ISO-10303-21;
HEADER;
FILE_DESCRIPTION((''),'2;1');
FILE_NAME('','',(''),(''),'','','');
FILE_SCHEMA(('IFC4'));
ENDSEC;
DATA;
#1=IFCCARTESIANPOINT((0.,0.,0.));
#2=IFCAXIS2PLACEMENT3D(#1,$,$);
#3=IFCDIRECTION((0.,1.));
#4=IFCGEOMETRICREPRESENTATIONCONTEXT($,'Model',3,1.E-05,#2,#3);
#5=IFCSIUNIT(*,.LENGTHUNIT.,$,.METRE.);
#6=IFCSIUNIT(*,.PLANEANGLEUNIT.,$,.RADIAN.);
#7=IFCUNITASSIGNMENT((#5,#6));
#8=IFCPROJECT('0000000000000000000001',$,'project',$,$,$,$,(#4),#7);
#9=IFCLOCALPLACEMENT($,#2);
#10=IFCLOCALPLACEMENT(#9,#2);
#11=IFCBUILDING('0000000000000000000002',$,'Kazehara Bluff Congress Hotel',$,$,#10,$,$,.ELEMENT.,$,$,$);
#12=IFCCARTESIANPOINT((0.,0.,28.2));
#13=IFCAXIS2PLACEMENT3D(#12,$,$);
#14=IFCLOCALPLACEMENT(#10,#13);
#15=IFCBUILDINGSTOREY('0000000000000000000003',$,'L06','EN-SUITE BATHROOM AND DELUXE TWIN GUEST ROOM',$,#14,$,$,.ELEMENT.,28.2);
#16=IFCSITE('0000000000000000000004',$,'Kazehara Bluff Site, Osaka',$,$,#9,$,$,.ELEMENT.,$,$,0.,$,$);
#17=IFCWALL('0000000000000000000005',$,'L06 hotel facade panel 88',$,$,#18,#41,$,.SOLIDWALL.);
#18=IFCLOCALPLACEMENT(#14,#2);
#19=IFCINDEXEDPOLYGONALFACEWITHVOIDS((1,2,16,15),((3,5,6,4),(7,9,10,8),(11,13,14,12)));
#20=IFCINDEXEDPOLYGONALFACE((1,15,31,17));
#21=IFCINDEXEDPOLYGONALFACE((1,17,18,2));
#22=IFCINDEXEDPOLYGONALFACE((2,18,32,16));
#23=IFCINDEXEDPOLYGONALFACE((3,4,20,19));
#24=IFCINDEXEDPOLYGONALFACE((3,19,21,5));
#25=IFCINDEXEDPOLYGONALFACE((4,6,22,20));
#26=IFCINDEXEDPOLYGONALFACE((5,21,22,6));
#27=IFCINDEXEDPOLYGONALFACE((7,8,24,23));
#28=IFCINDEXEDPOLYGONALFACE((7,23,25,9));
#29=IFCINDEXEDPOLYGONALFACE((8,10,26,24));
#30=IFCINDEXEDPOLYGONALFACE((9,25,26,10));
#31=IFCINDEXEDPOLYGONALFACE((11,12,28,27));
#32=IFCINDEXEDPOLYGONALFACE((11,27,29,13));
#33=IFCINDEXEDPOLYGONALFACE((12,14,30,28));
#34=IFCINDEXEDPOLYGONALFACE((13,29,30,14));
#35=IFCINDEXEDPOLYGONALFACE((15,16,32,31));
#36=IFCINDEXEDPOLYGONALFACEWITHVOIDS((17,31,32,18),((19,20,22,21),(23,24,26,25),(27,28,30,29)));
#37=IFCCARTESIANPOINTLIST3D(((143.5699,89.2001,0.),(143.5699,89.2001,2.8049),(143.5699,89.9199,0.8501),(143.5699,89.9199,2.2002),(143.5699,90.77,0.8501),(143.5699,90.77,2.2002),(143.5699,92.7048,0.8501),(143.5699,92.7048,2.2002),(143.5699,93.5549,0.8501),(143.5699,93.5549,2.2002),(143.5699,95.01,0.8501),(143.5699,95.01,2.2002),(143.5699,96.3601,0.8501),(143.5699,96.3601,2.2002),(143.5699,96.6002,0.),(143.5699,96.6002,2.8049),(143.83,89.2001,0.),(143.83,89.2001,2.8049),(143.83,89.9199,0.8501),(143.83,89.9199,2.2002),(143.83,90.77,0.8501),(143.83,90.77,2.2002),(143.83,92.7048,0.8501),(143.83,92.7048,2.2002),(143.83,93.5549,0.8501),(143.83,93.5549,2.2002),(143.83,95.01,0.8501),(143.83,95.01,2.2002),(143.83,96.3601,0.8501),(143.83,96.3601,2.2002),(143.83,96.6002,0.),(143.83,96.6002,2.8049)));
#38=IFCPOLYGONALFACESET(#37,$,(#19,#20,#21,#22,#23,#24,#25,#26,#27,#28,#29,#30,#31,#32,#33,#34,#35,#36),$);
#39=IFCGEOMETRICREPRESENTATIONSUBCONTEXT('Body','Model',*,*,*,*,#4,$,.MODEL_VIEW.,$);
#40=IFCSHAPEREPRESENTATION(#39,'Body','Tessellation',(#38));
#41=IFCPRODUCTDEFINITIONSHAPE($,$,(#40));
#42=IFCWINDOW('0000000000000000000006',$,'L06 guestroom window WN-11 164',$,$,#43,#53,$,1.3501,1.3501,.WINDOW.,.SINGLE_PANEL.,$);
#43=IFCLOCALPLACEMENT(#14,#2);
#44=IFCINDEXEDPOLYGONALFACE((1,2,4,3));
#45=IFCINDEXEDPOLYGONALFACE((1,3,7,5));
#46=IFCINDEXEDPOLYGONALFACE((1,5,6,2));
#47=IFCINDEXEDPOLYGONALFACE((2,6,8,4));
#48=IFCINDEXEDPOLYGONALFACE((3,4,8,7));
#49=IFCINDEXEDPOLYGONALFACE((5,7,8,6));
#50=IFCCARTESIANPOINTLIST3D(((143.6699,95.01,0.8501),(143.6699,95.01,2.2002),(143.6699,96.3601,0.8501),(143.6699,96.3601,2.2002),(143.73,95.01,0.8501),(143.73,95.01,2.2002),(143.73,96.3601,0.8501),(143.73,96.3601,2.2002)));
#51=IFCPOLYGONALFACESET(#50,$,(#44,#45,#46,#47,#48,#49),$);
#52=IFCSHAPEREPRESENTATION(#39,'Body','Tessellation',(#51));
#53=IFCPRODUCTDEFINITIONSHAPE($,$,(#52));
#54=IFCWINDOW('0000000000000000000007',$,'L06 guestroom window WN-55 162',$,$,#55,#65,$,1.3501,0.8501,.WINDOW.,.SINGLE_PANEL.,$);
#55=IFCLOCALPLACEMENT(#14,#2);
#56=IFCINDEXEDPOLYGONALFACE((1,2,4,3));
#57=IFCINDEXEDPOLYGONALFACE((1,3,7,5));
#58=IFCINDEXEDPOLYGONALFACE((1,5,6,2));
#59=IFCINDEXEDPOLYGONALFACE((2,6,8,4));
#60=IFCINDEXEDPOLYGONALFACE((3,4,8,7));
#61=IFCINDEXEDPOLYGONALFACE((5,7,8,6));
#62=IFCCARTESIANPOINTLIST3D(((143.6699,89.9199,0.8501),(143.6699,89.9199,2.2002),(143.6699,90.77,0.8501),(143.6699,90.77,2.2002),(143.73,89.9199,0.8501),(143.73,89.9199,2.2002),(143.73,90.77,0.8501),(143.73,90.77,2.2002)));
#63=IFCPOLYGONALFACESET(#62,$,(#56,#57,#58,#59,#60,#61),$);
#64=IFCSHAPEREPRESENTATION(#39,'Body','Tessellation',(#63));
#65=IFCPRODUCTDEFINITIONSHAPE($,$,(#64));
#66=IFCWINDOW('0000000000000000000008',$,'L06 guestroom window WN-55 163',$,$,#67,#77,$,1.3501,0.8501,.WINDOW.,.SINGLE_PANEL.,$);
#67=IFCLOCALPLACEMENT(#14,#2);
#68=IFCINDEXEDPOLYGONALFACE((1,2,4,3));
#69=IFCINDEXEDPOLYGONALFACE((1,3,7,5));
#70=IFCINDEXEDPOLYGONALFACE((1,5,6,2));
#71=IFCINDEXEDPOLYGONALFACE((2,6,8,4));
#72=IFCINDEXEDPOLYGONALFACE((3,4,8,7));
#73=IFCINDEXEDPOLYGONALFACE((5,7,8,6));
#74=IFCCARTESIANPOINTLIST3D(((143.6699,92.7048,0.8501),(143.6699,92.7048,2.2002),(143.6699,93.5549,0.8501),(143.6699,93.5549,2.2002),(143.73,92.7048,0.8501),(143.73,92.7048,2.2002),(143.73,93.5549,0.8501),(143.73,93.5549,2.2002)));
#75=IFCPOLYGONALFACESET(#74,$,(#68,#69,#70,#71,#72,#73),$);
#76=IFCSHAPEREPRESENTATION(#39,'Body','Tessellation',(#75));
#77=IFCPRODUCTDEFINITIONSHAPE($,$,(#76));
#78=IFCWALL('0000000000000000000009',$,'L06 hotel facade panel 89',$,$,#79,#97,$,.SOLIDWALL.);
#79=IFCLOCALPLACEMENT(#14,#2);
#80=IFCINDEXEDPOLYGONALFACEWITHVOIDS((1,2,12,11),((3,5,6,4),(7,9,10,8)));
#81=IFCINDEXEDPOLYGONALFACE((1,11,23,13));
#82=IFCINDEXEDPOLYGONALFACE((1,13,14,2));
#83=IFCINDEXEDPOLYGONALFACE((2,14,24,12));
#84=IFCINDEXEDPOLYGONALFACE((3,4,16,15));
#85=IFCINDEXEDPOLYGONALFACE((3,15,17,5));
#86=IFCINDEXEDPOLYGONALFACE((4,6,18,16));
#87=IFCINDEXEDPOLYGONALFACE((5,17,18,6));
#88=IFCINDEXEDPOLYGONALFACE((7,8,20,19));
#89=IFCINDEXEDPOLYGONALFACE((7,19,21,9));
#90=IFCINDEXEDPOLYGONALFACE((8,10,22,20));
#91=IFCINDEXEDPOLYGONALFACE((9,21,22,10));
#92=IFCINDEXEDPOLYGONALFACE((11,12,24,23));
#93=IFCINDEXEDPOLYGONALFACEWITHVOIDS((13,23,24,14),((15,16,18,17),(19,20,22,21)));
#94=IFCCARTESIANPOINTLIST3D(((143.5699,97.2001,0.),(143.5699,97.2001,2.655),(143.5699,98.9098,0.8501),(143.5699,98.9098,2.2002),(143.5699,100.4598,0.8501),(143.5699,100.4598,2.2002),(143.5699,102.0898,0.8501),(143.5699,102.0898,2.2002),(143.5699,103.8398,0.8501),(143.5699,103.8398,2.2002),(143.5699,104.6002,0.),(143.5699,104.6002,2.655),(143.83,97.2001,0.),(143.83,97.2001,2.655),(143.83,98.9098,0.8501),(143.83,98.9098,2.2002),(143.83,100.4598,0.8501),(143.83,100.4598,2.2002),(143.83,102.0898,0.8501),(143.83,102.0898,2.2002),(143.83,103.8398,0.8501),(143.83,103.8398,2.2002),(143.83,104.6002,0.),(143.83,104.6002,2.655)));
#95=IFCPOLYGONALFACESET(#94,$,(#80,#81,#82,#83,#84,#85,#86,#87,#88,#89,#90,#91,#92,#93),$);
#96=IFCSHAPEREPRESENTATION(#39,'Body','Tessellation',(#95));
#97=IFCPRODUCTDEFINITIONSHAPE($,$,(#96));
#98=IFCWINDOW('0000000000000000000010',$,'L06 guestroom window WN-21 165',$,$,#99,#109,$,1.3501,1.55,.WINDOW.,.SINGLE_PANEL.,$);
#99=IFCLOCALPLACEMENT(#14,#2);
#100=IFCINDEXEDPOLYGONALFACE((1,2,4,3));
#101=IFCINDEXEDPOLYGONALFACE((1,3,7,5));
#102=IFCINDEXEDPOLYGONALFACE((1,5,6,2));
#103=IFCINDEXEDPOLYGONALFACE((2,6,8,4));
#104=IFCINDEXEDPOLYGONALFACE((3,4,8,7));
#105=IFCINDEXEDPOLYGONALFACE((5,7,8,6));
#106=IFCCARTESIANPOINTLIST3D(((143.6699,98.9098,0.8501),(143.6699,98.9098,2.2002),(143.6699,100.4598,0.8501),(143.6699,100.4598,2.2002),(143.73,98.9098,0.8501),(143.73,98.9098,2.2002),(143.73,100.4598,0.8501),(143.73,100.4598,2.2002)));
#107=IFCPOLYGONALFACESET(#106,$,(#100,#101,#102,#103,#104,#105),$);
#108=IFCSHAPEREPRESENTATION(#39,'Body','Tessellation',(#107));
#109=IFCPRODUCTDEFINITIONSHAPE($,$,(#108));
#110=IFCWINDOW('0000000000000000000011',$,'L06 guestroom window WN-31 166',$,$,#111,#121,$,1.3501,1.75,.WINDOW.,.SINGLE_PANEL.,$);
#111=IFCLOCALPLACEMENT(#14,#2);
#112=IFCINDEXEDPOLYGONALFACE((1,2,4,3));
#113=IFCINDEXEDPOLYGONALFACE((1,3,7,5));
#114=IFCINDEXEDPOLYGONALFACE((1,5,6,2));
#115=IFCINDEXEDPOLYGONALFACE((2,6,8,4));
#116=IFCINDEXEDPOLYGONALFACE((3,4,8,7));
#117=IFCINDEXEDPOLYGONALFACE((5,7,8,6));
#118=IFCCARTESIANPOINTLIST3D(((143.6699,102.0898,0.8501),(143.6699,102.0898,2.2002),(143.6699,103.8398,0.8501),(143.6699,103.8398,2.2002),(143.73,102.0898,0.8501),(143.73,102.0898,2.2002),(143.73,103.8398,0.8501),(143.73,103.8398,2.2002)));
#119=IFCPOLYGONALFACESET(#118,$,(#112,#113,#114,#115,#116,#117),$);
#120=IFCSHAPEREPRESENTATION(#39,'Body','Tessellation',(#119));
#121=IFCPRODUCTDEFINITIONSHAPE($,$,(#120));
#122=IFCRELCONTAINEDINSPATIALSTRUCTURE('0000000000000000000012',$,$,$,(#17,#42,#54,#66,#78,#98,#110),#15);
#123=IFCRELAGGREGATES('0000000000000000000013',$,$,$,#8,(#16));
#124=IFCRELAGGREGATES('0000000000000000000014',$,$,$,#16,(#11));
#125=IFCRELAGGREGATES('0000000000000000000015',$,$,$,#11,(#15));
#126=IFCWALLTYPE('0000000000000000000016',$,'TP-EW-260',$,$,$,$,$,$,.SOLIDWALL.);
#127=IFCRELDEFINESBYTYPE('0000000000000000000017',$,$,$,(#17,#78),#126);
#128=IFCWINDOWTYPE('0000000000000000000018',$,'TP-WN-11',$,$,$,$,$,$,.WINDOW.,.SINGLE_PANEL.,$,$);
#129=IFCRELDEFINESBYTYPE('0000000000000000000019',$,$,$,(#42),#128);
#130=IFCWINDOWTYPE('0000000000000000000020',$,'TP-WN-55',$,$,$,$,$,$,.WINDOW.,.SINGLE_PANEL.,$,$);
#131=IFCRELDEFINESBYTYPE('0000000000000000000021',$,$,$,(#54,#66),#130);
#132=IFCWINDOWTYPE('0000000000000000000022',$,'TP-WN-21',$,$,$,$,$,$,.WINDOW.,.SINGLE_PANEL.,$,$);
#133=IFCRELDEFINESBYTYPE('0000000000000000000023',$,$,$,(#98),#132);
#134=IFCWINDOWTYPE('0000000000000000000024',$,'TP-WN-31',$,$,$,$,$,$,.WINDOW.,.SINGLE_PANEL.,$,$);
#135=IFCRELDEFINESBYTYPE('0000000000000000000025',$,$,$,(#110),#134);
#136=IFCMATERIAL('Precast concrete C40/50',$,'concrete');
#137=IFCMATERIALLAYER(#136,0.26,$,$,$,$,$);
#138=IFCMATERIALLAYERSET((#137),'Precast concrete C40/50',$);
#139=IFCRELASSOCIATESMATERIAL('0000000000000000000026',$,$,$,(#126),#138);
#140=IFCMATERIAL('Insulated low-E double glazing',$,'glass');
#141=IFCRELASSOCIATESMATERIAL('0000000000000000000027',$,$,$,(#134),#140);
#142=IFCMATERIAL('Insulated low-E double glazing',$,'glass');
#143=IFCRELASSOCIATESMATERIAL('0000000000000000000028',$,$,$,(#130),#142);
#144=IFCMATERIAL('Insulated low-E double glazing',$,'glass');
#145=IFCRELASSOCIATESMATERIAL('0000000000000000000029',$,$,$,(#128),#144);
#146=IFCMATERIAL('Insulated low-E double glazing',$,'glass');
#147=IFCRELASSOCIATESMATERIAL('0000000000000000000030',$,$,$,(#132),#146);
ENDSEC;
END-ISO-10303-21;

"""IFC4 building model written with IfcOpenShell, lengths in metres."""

from ifc_helpers import new_model, si_unit, direction, frame, frame_2d, origin, place, context, subcontext, project, spatial, rectangle, extrude, material, layer, layer_set, type_object, element, fill, save


model = new_model("IFC4")

# Units and contexts
model_context = context("Model", 3, precision=1e-05, world=origin(), true_north=direction((0.0, 1.0)))
body_context = subcontext(model_context, "Body", "Model", "MODEL_VIEW")
ifc_project = project(units=[si_unit("LENGTHUNIT", "METRE"), si_unit("PLANEANGLEUNIT", "RADIAN")], contexts=[model_context])

# Site, building, storey
site_placement = place(None, origin())
site = spatial("IfcSite", under=ifc_project, at=site_placement, Name="Kazehara Bluff Site, Osaka", CompositionType="ELEMENT", RefElevation=0.0)
building_placement = place(site_placement, origin())
building = spatial("IfcBuilding", under=site, at=building_placement, Name="Kazehara Bluff Congress Hotel", CompositionType="ELEMENT")
storey_placement = place(building_placement, frame((0.0, 0.0, 28.2)))
storey = spatial("IfcBuildingStorey", under=building, at=storey_placement, Name="L06", Description="EN-SUITE BATHROOM AND DELUXE TWIN GUEST ROOM", CompositionType="ELEMENT", Elevation=28.2)

# Shared definitions
ifc_material_1 = material(Name="Precast concrete C40/50", Category="concrete")
ifc_layer = layer(ifc_material_1, 0.26)
ifc_layer_set = layer_set([ifc_layer], Name="Precast concrete C40/50")
wall_type = type_object("IfcWallType", Name="TP-EW-260", PredefinedType="SOLIDWALL", material=ifc_layer_set)

# Walls, openings, windows
ifc_material_2 = material(Name="Insulated low-E double glazing", Category="glass")
window_type_1 = type_object("IfcWindowType", Name="TP-WN-31", PartitioningType="SINGLE_PANEL", PredefinedType="WINDOW", material=ifc_material_2)
ifc_material_3 = material(Name="Insulated low-E double glazing", Category="glass")
window_type_2 = type_object("IfcWindowType", Name="TP-WN-55", PartitioningType="SINGLE_PANEL", PredefinedType="WINDOW", material=ifc_material_3)
wall_1_placement = place(storey_placement, frame((143.7, 89.2, 0.0), z_axis=(0.0, 0.0, 1.0), x_axis=(0.0, 1.0, 0.0)))
wall_1 = element("IfcWall", 1, at=wall_1_placement, inside=storey, type_object=wall_type, Name="L06 hotel facade panel 88", PredefinedType="SOLIDWALL", context=body_context, shape_type="SweptSolid", body=[
    extrude(rectangle(XDim=7.4001, YDim=0.26, at=frame_2d((3.7002, 0.0))), origin(), (0.0, 0.0, 1.0), 2.8049),
])
opening_1_placement = place(wall_1_placement, frame((0.72, 0.0, 0.8501)))
opening_1 = element("IfcOpeningElement", 2, at=opening_1_placement, cuts=wall_1, PredefinedType="OPENING", context=body_context, shape_type="SweptSolid", body=[
    extrude(rectangle(XDim=0.8501, YDim=1.3501, at=frame_2d((0.425, 0.675))), frame((0.0, 0.1399, 0.0), z_axis=(0.0, -1.0, 0.0), x_axis=(1.0, 0.0, 0.0)), (0.0, 0.0, 1.0), 0.28),
])
opening_2_placement = place(wall_1_placement, frame((3.5049, 0.0, 0.8501)))
opening_2 = element("IfcOpeningElement", 3, at=opening_2_placement, cuts=wall_1, PredefinedType="OPENING", context=body_context, shape_type="SweptSolid", body=[
    extrude(rectangle(XDim=0.8501, YDim=1.3501, at=frame_2d((0.425, 0.675))), frame((0.0, 0.1399, 0.0), z_axis=(0.0, -1.0, 0.0), x_axis=(1.0, 0.0, 0.0)), (0.0, 0.0, 1.0), 0.28),
])
opening_3_placement = place(wall_1_placement, frame((5.8101, 0.0, 0.8501)))
opening_3 = element("IfcOpeningElement", 4, at=opening_3_placement, cuts=wall_1, PredefinedType="OPENING", context=body_context, shape_type="SweptSolid", body=[
    extrude(rectangle(XDim=1.3501, YDim=1.3501, at=frame_2d((0.675, 0.675))), frame((0.0, 0.1399, 0.0), z_axis=(0.0, -1.0, 0.0), x_axis=(1.0, 0.0, 0.0)), (0.0, 0.0, 1.0), 0.28),
])
ifc_material_4 = material(Name="Insulated low-E double glazing", Category="glass")
window_type_3 = type_object("IfcWindowType", Name="TP-WN-11", PartitioningType="SINGLE_PANEL", PredefinedType="WINDOW", material=ifc_material_4)
window_1_placement = place(opening_3_placement, origin())
window_1 = element("IfcWindow", 5, at=window_1_placement, inside=storey, type_object=window_type_3, Name="L06 guestroom window WN-11 164", OverallHeight=1.3501, OverallWidth=1.3501, PartitioningType="SINGLE_PANEL", PredefinedType="WINDOW", context=body_context, shape_type="SweptSolid", body=[
    extrude(rectangle(XDim=1.3501, YDim=1.3501, at=frame_2d((0.675, 0.675))), frame((0.0, 0.03, 0.0), z_axis=(0.0, -1.0, 0.0), x_axis=(1.0, 0.0, 0.0)), (0.0, 0.0, 1.0), 0.0601),
])
fill(opening_3, window_1)
window_2_placement = place(opening_1_placement, origin())
window_2 = element("IfcWindow", 6, at=window_2_placement, inside=storey, type_object=window_type_2, Name="L06 guestroom window WN-55 162", OverallHeight=1.3501, OverallWidth=0.8501, PartitioningType="SINGLE_PANEL", PredefinedType="WINDOW", context=body_context, shape_type="SweptSolid", body=[
    extrude(rectangle(XDim=0.8501, YDim=1.3501, at=frame_2d((0.425, 0.675))), frame((0.0, 0.03, 0.0), z_axis=(0.0, -1.0, 0.0), x_axis=(1.0, 0.0, 0.0)), (0.0, 0.0, 1.0), 0.0601),
])
fill(opening_1, window_2)
window_3_placement = place(opening_2_placement, origin())
window_3 = element("IfcWindow", 7, at=window_3_placement, inside=storey, type_object=window_type_2, Name="L06 guestroom window WN-55 163", OverallHeight=1.3501, OverallWidth=0.8501, PartitioningType="SINGLE_PANEL", PredefinedType="WINDOW", context=body_context, shape_type="SweptSolid", body=[
    extrude(rectangle(XDim=0.8501, YDim=1.3501, at=frame_2d((0.425, 0.675))), frame((0.0, 0.03, 0.0), z_axis=(0.0, -1.0, 0.0), x_axis=(1.0, 0.0, 0.0)), (0.0, 0.0, 1.0), 0.0601),
])
fill(opening_2, window_3)
wall_2_placement = place(storey_placement, frame((143.7, 97.2, 0.0), z_axis=(0.0, 0.0, 1.0), x_axis=(0.0, 1.0, 0.0)))
wall_2 = element("IfcWall", 8, at=wall_2_placement, inside=storey, type_object=wall_type, Name="L06 hotel facade panel 89", PredefinedType="SOLIDWALL", context=body_context, shape_type="SweptSolid", body=[
    extrude(rectangle(XDim=7.4001, YDim=0.26, at=frame_2d((3.7002, 0.0))), origin(), (0.0, 0.0, 1.0), 2.655),
])
opening_4_placement = place(wall_2_placement, frame((1.71, 0.0, 0.8501)))
opening_4 = element("IfcOpeningElement", 9, at=opening_4_placement, cuts=wall_2, PredefinedType="OPENING", context=body_context, shape_type="SweptSolid", body=[
    extrude(rectangle(XDim=1.55, YDim=1.3501, at=frame_2d((0.7749, 0.675))), frame((0.0, 0.1399, 0.0), z_axis=(0.0, -1.0, 0.0), x_axis=(1.0, 0.0, 0.0)), (0.0, 0.0, 1.0), 0.28),
])
opening_5_placement = place(wall_2_placement, frame((4.8899, 0.0, 0.8501)))
opening_5 = element("IfcOpeningElement", 10, at=opening_5_placement, cuts=wall_2, PredefinedType="OPENING", context=body_context, shape_type="SweptSolid", body=[
    extrude(rectangle(XDim=1.75, YDim=1.3501, at=frame_2d((0.875, 0.675))), frame((0.0, 0.1399, 0.0), z_axis=(0.0, -1.0, 0.0), x_axis=(1.0, 0.0, 0.0)), (0.0, 0.0, 1.0), 0.28),
])
ifc_material_5 = material(Name="Insulated low-E double glazing", Category="glass")
window_type_4 = type_object("IfcWindowType", Name="TP-WN-21", PartitioningType="SINGLE_PANEL", PredefinedType="WINDOW", material=ifc_material_5)
window_4_placement = place(opening_4_placement, origin())
window_4 = element("IfcWindow", 11, at=window_4_placement, inside=storey, type_object=window_type_4, Name="L06 guestroom window WN-21 165", OverallHeight=1.3501, OverallWidth=1.55, PartitioningType="SINGLE_PANEL", PredefinedType="WINDOW", context=body_context, shape_type="SweptSolid", body=[
    extrude(rectangle(XDim=1.55, YDim=1.3501, at=frame_2d((0.7749, 0.675))), frame((0.0, 0.03, 0.0), z_axis=(0.0, -1.0, 0.0), x_axis=(1.0, 0.0, 0.0)), (0.0, 0.0, 1.0), 0.0601),
])
fill(opening_4, window_4)
window_5_placement = place(opening_5_placement, origin())
window_5 = element("IfcWindow", 12, at=window_5_placement, inside=storey, type_object=window_type_1, Name="L06 guestroom window WN-31 166", OverallHeight=1.3501, OverallWidth=1.75, PartitioningType="SINGLE_PANEL", PredefinedType="WINDOW", context=body_context, shape_type="SweptSolid", body=[
    extrude(rectangle(XDim=1.75, YDim=1.3501, at=frame_2d((0.875, 0.675))), frame((0.0, 0.03, 0.0), z_axis=(0.0, -1.0, 0.0), x_axis=(1.0, 0.0, 0.0)), (0.0, 0.0, 1.0), 0.0601),
])
fill(opening_5, window_5)

save(model, "model.ifc")
